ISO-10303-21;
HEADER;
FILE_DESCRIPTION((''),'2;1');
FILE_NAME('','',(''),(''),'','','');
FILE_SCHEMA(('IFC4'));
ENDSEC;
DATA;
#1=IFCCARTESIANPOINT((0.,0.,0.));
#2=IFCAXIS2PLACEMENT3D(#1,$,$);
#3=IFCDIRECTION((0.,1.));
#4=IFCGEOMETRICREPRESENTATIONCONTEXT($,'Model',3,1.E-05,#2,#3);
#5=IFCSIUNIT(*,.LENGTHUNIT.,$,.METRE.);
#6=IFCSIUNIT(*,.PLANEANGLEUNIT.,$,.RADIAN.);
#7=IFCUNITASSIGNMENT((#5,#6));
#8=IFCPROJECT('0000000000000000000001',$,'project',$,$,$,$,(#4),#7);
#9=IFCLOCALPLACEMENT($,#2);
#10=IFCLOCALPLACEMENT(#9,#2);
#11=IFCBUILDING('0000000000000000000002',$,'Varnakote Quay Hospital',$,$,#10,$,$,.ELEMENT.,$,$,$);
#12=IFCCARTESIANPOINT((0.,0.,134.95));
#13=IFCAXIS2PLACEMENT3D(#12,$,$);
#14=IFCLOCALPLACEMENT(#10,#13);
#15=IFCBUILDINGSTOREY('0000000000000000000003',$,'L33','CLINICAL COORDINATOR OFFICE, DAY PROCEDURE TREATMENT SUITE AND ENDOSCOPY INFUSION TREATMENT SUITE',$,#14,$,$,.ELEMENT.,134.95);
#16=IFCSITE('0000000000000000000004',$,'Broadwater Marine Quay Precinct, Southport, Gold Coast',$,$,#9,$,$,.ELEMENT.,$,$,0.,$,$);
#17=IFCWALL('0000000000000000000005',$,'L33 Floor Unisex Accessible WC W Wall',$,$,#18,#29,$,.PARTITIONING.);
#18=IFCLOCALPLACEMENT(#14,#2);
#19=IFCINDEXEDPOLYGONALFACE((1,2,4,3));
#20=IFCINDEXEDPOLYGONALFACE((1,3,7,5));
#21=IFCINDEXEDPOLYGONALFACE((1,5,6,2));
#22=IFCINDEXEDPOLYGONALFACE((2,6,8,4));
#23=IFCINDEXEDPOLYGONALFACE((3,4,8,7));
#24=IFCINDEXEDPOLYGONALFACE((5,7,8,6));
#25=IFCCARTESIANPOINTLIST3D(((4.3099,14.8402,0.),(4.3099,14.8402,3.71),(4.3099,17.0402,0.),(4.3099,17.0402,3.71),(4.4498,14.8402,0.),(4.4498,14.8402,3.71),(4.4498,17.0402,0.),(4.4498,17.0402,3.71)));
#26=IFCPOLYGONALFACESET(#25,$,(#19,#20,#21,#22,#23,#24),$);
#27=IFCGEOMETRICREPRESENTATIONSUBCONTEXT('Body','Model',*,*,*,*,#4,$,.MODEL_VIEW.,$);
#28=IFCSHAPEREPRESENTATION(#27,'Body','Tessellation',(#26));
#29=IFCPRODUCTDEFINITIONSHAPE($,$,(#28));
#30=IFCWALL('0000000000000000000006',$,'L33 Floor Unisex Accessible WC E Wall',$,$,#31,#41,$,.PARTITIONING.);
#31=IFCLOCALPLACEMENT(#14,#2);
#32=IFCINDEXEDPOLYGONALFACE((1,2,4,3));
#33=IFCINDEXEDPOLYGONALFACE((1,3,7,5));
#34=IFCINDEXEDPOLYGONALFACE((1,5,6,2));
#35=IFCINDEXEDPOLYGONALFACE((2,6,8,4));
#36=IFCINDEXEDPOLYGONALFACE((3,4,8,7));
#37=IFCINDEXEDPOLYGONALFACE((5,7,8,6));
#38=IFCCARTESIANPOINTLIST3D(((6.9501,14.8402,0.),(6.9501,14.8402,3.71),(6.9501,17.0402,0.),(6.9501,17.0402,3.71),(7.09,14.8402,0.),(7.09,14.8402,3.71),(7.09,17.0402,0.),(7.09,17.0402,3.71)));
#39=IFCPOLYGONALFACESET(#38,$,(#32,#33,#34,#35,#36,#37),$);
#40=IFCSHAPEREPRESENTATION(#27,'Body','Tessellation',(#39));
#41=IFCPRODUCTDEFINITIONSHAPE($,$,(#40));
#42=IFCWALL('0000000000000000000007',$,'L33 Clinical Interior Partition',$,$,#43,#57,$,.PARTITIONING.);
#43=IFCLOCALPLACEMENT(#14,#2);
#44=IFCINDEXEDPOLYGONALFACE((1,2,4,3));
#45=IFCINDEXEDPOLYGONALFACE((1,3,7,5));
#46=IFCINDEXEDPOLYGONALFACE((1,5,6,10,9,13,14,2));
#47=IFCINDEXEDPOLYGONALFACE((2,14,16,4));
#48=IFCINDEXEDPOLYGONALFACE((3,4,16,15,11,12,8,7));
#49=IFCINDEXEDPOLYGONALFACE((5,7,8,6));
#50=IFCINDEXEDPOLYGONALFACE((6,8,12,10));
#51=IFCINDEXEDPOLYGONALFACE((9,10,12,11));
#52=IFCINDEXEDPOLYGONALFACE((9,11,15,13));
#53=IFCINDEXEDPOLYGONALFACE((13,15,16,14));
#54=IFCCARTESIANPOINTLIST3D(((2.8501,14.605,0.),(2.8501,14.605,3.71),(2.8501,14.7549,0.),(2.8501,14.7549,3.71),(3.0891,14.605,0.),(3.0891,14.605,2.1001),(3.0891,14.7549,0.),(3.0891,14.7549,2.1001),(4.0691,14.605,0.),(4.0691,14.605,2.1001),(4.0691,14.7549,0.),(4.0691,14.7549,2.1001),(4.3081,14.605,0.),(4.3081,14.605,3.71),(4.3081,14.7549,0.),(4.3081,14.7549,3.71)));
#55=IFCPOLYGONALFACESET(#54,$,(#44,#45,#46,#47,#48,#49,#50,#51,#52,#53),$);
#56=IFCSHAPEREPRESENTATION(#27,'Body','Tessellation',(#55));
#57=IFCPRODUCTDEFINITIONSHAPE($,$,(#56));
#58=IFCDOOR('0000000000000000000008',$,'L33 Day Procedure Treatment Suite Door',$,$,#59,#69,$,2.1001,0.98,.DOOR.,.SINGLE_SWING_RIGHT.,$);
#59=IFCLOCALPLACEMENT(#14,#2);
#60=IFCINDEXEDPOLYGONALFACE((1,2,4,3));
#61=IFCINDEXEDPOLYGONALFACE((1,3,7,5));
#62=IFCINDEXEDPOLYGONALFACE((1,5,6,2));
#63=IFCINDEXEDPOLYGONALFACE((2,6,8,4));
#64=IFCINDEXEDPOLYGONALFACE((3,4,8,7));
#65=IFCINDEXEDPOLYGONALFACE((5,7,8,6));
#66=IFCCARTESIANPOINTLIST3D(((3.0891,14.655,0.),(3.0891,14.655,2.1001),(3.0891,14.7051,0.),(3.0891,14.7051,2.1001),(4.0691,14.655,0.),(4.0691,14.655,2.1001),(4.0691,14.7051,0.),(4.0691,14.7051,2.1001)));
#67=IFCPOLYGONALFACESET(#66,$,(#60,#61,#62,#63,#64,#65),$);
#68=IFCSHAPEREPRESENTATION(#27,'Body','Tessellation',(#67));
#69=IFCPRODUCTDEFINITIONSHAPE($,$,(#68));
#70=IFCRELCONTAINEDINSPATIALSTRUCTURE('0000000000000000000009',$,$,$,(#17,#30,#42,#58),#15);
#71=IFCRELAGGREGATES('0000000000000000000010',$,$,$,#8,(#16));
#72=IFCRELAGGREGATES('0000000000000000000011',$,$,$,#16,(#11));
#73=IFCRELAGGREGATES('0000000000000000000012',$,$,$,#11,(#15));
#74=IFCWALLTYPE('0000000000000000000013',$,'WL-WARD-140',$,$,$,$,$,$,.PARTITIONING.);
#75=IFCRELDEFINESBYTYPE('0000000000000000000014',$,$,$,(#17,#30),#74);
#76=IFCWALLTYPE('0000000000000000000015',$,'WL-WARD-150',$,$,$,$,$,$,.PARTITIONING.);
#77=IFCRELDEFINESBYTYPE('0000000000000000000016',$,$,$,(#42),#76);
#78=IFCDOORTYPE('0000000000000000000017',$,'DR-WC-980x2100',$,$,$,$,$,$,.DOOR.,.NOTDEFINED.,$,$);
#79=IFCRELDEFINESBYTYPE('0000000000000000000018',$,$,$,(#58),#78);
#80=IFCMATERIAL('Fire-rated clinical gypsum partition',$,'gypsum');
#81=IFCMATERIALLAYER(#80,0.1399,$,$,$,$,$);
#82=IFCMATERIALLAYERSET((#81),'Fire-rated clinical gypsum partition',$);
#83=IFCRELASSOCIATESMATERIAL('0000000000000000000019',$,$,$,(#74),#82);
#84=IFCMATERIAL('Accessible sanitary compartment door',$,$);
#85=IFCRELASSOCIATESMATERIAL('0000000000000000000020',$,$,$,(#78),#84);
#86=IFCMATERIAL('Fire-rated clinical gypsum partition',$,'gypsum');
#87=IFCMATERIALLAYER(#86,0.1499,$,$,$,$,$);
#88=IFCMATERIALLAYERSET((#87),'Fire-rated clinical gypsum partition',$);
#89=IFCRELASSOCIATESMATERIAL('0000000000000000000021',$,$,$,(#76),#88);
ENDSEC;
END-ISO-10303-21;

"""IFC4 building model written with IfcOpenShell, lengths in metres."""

from ifc_helpers import new_model, si_unit, direction, frame, frame_2d, origin, place, context, subcontext, project, spatial, rectangle, extrude, material, layer, layer_set, type_object, element, fill, save


model = new_model("IFC4")

# Units and contexts
model_context = context("Model", 3, precision=1e-05, world=origin(), true_north=direction((0.0, 1.0)))
body_context = subcontext(model_context, "Body", "Model", "MODEL_VIEW")
ifc_project = project(units=[si_unit("LENGTHUNIT", "METRE"), si_unit("PLANEANGLEUNIT", "RADIAN")], contexts=[model_context])

# Site, building, storey
site_placement = place(None, origin())
site = spatial("IfcSite", under=ifc_project, at=site_placement, Name="Broadwater Marine Quay Precinct, Southport, Gold Coast", CompositionType="ELEMENT", RefElevation=0.0)
building_placement = place(site_placement, origin())
building = spatial("IfcBuilding", under=site, at=building_placement, Name="Varnakote Quay Hospital", CompositionType="ELEMENT")
storey_placement = place(building_placement, frame((0.0, 0.0, 134.95)))
storey = spatial("IfcBuildingStorey", under=building, at=storey_placement, Name="L33", Description="CLINICAL COORDINATOR OFFICE, DAY PROCEDURE TREATMENT SUITE AND ENDOSCOPY INFUSION TREATMENT SUITE", CompositionType="ELEMENT", Elevation=134.95)

# Shared definitions
ifc_material_1 = material(Name="Fire-rated clinical gypsum partition", Category="gypsum")
ifc_layer_1 = layer(ifc_material_1, 0.1399)
ifc_layer_set_1 = layer_set([ifc_layer_1], Name="Fire-rated clinical gypsum partition")
wall_type_1 = type_object("IfcWallType", Name="WL-WARD-140", PredefinedType="PARTITIONING", material=ifc_layer_set_1)
ifc_material_2 = material(Name="Accessible sanitary compartment door")
door_type_1 = type_object("IfcDoorType", Name="DR-WC-980x2100", OperationType="NOTDEFINED", PredefinedType="DOOR", material=ifc_material_2)

# Walls
for number, where, z_axis, x_axis, name in (
    (1, (4.3799, 14.8401, 0.0), (0.0, 0.0, 1.0), (0.0, 1.0, 0.0), "L33 Floor Unisex Accessible WC W Wall"),
    (2, (7.02, 14.8401, 0.0), (0.0, 0.0, 1.0), (0.0, 1.0, 0.0), "L33 Floor Unisex Accessible WC E Wall"),
):
    element("IfcWall", number, at=place(storey_placement, frame(where, z_axis=z_axis, x_axis=x_axis)), inside=storey, type_object=wall_type_1, Name=name, PredefinedType="PARTITIONING", context=body_context, shape_type="SweptSolid", body=[
        extrude(rectangle(XDim=2.2, YDim=0.1399, at=frame_2d((1.1001, 0.0))), origin(), (0.0, 0.0, 1.0), 3.71),
    ])

# Wall, opening, door
ifc_material_3 = material(Name="Fire-rated clinical gypsum partition", Category="gypsum")
ifc_layer_2 = layer(ifc_material_3, 0.1499)
ifc_layer_set_2 = layer_set([ifc_layer_2], Name="Fire-rated clinical gypsum partition")
wall_type_2 = type_object("IfcWallType", Name="WL-WARD-150", PredefinedType="PARTITIONING", material=ifc_layer_set_2)
wall_1_placement = place(storey_placement, frame((4.3081, 14.6799, 0.0), z_axis=(0.0, 0.0, 1.0), x_axis=(-1.0, 0.0, 0.0)))
wall_1 = element("IfcWall", 3, at=wall_1_placement, inside=storey, type_object=wall_type_2, Name="L33 Clinical Interior Partition", PredefinedType="PARTITIONING", context=body_context, shape_type="SweptSolid", body=[
    extrude(rectangle(XDim=1.458, YDim=0.1499, at=frame_2d((0.729, 0.0))), origin(), (0.0, 0.0, 1.0), 3.71),
])
opening_1_placement = place(wall_1_placement, frame((0.239, 0.0, 0.0)))
opening_1 = element("IfcOpeningElement", 4, at=opening_1_placement, cuts=wall_1, PredefinedType="OPENING", context=body_context, shape_type="SweptSolid", body=[
    extrude(rectangle(XDim=0.98, YDim=2.1001, at=frame_2d((0.49, 1.05))), frame((0.0, 0.085, 0.0), z_axis=(0.0, -1.0, 0.0), x_axis=(1.0, 0.0, 0.0)), (0.0, 0.0, 1.0), 0.1699),
])
door_1_placement = place(opening_1_placement, origin())
door_1 = element("IfcDoor", 5, at=door_1_placement, inside=storey, type_object=door_type_1, Name="L33 Day Procedure Treatment Suite Door", OperationType="SINGLE_SWING_RIGHT", OverallHeight=2.1001, OverallWidth=0.98, PredefinedType="DOOR", context=body_context, shape_type="SweptSolid", body=[
    extrude(rectangle(XDim=0.98, YDim=2.1001, at=frame_2d((0.49, 1.05))), frame((0.0, 0.0249, 0.0), z_axis=(0.0, -1.0, 0.0), x_axis=(1.0, 0.0, 0.0)), (0.0, 0.0, 1.0), 0.05),
])
fill(opening_1, door_1)

save(model, "model.ifc")
